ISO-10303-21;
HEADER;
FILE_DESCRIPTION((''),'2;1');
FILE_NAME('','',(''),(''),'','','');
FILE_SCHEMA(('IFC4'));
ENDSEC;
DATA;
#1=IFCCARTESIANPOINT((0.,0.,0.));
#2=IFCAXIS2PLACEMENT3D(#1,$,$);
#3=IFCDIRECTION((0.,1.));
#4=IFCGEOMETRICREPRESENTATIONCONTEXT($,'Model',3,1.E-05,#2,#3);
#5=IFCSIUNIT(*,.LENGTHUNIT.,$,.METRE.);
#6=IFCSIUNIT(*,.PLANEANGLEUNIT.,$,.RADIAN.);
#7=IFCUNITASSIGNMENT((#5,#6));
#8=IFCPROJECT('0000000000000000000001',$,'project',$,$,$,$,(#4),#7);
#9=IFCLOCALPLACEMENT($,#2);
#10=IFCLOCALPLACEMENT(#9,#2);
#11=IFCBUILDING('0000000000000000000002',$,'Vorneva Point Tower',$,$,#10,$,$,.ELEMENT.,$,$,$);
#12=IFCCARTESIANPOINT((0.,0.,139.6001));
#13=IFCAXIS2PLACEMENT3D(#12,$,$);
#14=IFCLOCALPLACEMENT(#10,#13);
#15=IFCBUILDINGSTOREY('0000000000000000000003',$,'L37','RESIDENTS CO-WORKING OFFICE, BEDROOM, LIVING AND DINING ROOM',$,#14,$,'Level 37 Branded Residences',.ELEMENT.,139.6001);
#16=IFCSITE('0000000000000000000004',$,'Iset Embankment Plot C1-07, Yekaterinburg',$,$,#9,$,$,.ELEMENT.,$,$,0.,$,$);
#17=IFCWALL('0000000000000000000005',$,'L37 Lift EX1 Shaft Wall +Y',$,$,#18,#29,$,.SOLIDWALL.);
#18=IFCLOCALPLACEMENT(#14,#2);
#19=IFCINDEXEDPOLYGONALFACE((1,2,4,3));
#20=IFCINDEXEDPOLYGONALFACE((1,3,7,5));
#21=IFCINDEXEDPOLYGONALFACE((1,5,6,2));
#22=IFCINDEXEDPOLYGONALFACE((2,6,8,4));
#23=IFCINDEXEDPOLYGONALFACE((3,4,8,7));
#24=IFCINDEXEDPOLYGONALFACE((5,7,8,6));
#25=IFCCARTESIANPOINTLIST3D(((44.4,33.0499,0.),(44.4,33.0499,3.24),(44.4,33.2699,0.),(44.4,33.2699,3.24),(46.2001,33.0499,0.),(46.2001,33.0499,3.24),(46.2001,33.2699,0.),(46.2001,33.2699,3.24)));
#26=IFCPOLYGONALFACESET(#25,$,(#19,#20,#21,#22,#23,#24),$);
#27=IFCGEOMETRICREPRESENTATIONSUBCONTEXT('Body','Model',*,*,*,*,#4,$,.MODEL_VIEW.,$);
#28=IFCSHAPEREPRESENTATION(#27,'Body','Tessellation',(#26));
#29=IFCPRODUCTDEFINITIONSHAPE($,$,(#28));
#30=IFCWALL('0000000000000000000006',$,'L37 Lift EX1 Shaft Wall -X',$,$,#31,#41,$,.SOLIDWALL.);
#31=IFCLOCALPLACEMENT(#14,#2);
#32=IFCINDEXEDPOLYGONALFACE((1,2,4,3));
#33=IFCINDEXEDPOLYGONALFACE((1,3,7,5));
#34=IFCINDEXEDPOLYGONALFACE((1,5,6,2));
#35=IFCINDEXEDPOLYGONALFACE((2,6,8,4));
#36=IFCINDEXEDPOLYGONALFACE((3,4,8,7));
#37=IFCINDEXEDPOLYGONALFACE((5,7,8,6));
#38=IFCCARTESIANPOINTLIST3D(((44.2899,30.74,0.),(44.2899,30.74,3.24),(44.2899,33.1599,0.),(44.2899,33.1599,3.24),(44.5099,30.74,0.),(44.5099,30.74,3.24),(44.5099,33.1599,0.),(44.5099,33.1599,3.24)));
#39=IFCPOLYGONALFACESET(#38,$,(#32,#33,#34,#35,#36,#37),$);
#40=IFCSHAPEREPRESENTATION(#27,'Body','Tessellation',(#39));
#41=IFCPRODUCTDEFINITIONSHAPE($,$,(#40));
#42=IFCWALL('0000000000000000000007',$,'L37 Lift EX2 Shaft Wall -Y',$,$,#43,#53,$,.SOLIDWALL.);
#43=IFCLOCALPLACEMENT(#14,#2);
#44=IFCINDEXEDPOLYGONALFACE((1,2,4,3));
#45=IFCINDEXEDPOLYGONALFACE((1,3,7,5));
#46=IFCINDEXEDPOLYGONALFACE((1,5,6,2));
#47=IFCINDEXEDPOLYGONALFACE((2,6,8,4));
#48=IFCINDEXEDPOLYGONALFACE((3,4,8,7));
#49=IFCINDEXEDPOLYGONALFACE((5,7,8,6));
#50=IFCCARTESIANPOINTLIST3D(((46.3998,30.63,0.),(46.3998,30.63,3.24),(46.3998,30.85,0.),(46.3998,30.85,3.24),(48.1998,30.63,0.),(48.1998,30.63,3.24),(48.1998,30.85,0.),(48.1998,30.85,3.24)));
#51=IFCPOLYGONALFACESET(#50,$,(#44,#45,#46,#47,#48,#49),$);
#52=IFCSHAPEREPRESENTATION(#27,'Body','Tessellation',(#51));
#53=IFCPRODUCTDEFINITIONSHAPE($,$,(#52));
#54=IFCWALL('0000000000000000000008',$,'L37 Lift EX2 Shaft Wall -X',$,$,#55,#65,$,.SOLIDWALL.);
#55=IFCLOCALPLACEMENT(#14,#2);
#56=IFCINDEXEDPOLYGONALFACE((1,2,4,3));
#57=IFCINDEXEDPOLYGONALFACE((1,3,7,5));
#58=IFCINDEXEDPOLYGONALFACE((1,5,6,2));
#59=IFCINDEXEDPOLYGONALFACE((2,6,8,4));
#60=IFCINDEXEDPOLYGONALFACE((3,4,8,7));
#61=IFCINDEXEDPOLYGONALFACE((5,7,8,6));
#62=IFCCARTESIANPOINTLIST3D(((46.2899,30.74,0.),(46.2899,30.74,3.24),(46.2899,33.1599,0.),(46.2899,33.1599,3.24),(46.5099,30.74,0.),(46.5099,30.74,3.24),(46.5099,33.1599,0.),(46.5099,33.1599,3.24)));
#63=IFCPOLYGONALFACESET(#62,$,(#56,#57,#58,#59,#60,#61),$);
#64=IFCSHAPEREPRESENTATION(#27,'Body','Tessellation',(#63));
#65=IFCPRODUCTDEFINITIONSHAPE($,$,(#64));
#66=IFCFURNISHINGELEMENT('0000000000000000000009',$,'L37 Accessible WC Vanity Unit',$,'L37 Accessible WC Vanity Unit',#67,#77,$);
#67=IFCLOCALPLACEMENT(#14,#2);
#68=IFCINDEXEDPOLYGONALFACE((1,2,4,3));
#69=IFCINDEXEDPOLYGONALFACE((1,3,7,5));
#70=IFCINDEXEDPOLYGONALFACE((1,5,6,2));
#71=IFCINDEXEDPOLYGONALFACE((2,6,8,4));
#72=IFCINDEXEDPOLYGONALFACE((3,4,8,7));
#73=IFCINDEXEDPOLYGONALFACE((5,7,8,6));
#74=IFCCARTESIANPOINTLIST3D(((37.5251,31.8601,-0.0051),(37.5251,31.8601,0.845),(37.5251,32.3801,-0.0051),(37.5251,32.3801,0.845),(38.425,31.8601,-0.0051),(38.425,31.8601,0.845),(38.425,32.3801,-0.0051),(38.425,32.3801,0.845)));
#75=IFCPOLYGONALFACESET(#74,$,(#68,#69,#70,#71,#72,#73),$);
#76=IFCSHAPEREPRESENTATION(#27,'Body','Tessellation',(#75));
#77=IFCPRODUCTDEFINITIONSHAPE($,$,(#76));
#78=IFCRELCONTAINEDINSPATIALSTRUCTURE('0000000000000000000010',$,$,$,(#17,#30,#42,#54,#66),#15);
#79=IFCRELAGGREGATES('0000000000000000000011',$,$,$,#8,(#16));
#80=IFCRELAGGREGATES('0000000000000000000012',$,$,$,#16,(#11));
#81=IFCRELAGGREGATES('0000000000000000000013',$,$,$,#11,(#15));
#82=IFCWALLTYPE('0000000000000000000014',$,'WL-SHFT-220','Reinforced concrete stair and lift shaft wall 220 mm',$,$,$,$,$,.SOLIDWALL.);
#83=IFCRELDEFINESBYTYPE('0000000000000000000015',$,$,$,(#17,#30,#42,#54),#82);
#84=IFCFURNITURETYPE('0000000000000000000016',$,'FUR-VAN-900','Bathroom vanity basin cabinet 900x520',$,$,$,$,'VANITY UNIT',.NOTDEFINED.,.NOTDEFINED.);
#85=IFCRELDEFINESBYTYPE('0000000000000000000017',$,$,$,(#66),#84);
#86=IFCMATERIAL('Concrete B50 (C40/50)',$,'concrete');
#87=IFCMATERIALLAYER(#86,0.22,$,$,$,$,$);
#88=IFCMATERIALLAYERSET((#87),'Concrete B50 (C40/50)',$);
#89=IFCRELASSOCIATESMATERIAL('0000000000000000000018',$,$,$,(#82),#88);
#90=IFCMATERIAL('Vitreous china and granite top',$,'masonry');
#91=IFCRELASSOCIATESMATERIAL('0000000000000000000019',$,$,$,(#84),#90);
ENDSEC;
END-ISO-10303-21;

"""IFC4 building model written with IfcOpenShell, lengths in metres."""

from ifc_helpers import new_model, si_unit, direction, frame, frame_2d, origin, origin_2d, place, context, subcontext, project, spatial, rectangle, extrude, material, layer, layer_set, type_object, element, save


model = new_model("IFC4")

# Units and contexts
model_context = context("Model", 3, precision=1e-05, world=origin(), true_north=direction((0.0, 1.0)))
body_context = subcontext(model_context, "Body", "Model", "MODEL_VIEW")
ifc_project = project(units=[si_unit("LENGTHUNIT", "METRE"), si_unit("PLANEANGLEUNIT", "RADIAN")], contexts=[model_context])

# Site, building, storey
site_placement = place(None, origin())
site = spatial("IfcSite", under=ifc_project, at=site_placement, Name="Iset Embankment Plot C1-07, Yekaterinburg", CompositionType="ELEMENT", RefElevation=0.0)
building_placement = place(site_placement, origin())
building = spatial("IfcBuilding", under=site, at=building_placement, Name="Vorneva Point Tower", CompositionType="ELEMENT")
storey_placement = place(building_placement, frame((0.0, 0.0, 139.6001)))
storey = spatial("IfcBuildingStorey", under=building, at=storey_placement, Name="L37", Description="RESIDENTS CO-WORKING OFFICE, BEDROOM, LIVING AND DINING ROOM", LongName="Level 37 Branded Residences", CompositionType="ELEMENT", Elevation=139.6001)

# Walls
ifc_material_1 = material(Name="Concrete B50 (C40/50)", Category="concrete")
ifc_layer_1 = layer(ifc_material_1, 0.22)
ifc_layer_set_1 = layer_set([ifc_layer_1], Name="Concrete B50 (C40/50)")
wall_type_1 = type_object("IfcWallType", Name="WL-SHFT-220", Description="Reinforced concrete stair and lift shaft wall 220 mm", PredefinedType="SOLIDWALL", material=ifc_layer_set_1)
wall_1_placement = place(storey_placement, frame((46.2, 33.1599, 0.0), z_axis=(0.0, 0.0, 1.0), x_axis=(-1.0, 0.0, 0.0)))
element("IfcWall", 1, at=wall_1_placement, inside=storey, type_object=wall_type_1, Name="L37 Lift EX1 Shaft Wall +Y", PredefinedType="SOLIDWALL", context=body_context, shape_type="SweptSolid", body=[
    extrude(rectangle(XDim=1.8, YDim=0.22, at=frame_2d((0.8999, 0.0))), origin(), (0.0, 0.0, 1.0), 3.24),
])
wall_2_placement = place(storey_placement, frame((44.3999, 33.1599, 0.0), z_axis=(0.0, 0.0, 1.0), x_axis=(0.0, -1.0, 0.0)))
element("IfcWall", 2, at=wall_2_placement, inside=storey, type_object=wall_type_1, Name="L37 Lift EX1 Shaft Wall -X", PredefinedType="SOLIDWALL", context=body_context, shape_type="SweptSolid", body=[
    extrude(rectangle(XDim=2.4199, YDim=0.22, at=frame_2d((1.21, 0.0))), origin(), (0.0, 0.0, 1.0), 3.24),
])
wall_3_placement = place(storey_placement, frame((46.3999, 30.74, 0.0), z_axis=(0.0, 0.0, 1.0), x_axis=(1.0, 0.0, 0.0)))
element("IfcWall", 3, at=wall_3_placement, inside=storey, type_object=wall_type_1, Name="L37 Lift EX2 Shaft Wall -Y", PredefinedType="SOLIDWALL", context=body_context, shape_type="SweptSolid", body=[
    extrude(rectangle(XDim=1.8, YDim=0.22, at=frame_2d((0.8999, 0.0))), origin(), (0.0, 0.0, 1.0), 3.24),
])
wall_4_placement = place(storey_placement, frame((46.3999, 33.1599, 0.0), z_axis=(0.0, 0.0, 1.0), x_axis=(0.0, -1.0, 0.0)))
element("IfcWall", 4, at=wall_4_placement, inside=storey, type_object=wall_type_1, Name="L37 Lift EX2 Shaft Wall -X", PredefinedType="SOLIDWALL", context=body_context, shape_type="SweptSolid", body=[
    extrude(rectangle(XDim=2.4199, YDim=0.22, at=frame_2d((1.21, 0.0))), origin(), (0.0, 0.0, 1.0), 3.24),
])

# Furnishing element
ifc_material_2 = material(Name="Vitreous china and granite top", Category="masonry")
furniture_type = type_object("IfcFurnitureType", Name="FUR-VAN-900", Description="Bathroom vanity basin cabinet 900x520", ElementType="VANITY UNIT", AssemblyPlace="NOTDEFINED", PredefinedType="NOTDEFINED", material=ifc_material_2)
furnishing_placement = place(storey_placement, frame((37.9751, 32.1201, -0.0051), z_axis=(0.0, 0.0, 1.0), x_axis=(1.0, 0.0, 0.0)))
element("IfcFurnishingElement", 5, at=furnishing_placement, inside=storey, type_object=furniture_type, Name="L37 Accessible WC Vanity Unit", ObjectType="L37 Accessible WC Vanity Unit", context=body_context, shape_type="SweptSolid", body=[
    extrude(rectangle(XDim=0.8999, YDim=0.52, at=origin_2d()), origin(), (0.0, 0.0, 1.0), 0.8501),
])

save(model, "model.ifc")
